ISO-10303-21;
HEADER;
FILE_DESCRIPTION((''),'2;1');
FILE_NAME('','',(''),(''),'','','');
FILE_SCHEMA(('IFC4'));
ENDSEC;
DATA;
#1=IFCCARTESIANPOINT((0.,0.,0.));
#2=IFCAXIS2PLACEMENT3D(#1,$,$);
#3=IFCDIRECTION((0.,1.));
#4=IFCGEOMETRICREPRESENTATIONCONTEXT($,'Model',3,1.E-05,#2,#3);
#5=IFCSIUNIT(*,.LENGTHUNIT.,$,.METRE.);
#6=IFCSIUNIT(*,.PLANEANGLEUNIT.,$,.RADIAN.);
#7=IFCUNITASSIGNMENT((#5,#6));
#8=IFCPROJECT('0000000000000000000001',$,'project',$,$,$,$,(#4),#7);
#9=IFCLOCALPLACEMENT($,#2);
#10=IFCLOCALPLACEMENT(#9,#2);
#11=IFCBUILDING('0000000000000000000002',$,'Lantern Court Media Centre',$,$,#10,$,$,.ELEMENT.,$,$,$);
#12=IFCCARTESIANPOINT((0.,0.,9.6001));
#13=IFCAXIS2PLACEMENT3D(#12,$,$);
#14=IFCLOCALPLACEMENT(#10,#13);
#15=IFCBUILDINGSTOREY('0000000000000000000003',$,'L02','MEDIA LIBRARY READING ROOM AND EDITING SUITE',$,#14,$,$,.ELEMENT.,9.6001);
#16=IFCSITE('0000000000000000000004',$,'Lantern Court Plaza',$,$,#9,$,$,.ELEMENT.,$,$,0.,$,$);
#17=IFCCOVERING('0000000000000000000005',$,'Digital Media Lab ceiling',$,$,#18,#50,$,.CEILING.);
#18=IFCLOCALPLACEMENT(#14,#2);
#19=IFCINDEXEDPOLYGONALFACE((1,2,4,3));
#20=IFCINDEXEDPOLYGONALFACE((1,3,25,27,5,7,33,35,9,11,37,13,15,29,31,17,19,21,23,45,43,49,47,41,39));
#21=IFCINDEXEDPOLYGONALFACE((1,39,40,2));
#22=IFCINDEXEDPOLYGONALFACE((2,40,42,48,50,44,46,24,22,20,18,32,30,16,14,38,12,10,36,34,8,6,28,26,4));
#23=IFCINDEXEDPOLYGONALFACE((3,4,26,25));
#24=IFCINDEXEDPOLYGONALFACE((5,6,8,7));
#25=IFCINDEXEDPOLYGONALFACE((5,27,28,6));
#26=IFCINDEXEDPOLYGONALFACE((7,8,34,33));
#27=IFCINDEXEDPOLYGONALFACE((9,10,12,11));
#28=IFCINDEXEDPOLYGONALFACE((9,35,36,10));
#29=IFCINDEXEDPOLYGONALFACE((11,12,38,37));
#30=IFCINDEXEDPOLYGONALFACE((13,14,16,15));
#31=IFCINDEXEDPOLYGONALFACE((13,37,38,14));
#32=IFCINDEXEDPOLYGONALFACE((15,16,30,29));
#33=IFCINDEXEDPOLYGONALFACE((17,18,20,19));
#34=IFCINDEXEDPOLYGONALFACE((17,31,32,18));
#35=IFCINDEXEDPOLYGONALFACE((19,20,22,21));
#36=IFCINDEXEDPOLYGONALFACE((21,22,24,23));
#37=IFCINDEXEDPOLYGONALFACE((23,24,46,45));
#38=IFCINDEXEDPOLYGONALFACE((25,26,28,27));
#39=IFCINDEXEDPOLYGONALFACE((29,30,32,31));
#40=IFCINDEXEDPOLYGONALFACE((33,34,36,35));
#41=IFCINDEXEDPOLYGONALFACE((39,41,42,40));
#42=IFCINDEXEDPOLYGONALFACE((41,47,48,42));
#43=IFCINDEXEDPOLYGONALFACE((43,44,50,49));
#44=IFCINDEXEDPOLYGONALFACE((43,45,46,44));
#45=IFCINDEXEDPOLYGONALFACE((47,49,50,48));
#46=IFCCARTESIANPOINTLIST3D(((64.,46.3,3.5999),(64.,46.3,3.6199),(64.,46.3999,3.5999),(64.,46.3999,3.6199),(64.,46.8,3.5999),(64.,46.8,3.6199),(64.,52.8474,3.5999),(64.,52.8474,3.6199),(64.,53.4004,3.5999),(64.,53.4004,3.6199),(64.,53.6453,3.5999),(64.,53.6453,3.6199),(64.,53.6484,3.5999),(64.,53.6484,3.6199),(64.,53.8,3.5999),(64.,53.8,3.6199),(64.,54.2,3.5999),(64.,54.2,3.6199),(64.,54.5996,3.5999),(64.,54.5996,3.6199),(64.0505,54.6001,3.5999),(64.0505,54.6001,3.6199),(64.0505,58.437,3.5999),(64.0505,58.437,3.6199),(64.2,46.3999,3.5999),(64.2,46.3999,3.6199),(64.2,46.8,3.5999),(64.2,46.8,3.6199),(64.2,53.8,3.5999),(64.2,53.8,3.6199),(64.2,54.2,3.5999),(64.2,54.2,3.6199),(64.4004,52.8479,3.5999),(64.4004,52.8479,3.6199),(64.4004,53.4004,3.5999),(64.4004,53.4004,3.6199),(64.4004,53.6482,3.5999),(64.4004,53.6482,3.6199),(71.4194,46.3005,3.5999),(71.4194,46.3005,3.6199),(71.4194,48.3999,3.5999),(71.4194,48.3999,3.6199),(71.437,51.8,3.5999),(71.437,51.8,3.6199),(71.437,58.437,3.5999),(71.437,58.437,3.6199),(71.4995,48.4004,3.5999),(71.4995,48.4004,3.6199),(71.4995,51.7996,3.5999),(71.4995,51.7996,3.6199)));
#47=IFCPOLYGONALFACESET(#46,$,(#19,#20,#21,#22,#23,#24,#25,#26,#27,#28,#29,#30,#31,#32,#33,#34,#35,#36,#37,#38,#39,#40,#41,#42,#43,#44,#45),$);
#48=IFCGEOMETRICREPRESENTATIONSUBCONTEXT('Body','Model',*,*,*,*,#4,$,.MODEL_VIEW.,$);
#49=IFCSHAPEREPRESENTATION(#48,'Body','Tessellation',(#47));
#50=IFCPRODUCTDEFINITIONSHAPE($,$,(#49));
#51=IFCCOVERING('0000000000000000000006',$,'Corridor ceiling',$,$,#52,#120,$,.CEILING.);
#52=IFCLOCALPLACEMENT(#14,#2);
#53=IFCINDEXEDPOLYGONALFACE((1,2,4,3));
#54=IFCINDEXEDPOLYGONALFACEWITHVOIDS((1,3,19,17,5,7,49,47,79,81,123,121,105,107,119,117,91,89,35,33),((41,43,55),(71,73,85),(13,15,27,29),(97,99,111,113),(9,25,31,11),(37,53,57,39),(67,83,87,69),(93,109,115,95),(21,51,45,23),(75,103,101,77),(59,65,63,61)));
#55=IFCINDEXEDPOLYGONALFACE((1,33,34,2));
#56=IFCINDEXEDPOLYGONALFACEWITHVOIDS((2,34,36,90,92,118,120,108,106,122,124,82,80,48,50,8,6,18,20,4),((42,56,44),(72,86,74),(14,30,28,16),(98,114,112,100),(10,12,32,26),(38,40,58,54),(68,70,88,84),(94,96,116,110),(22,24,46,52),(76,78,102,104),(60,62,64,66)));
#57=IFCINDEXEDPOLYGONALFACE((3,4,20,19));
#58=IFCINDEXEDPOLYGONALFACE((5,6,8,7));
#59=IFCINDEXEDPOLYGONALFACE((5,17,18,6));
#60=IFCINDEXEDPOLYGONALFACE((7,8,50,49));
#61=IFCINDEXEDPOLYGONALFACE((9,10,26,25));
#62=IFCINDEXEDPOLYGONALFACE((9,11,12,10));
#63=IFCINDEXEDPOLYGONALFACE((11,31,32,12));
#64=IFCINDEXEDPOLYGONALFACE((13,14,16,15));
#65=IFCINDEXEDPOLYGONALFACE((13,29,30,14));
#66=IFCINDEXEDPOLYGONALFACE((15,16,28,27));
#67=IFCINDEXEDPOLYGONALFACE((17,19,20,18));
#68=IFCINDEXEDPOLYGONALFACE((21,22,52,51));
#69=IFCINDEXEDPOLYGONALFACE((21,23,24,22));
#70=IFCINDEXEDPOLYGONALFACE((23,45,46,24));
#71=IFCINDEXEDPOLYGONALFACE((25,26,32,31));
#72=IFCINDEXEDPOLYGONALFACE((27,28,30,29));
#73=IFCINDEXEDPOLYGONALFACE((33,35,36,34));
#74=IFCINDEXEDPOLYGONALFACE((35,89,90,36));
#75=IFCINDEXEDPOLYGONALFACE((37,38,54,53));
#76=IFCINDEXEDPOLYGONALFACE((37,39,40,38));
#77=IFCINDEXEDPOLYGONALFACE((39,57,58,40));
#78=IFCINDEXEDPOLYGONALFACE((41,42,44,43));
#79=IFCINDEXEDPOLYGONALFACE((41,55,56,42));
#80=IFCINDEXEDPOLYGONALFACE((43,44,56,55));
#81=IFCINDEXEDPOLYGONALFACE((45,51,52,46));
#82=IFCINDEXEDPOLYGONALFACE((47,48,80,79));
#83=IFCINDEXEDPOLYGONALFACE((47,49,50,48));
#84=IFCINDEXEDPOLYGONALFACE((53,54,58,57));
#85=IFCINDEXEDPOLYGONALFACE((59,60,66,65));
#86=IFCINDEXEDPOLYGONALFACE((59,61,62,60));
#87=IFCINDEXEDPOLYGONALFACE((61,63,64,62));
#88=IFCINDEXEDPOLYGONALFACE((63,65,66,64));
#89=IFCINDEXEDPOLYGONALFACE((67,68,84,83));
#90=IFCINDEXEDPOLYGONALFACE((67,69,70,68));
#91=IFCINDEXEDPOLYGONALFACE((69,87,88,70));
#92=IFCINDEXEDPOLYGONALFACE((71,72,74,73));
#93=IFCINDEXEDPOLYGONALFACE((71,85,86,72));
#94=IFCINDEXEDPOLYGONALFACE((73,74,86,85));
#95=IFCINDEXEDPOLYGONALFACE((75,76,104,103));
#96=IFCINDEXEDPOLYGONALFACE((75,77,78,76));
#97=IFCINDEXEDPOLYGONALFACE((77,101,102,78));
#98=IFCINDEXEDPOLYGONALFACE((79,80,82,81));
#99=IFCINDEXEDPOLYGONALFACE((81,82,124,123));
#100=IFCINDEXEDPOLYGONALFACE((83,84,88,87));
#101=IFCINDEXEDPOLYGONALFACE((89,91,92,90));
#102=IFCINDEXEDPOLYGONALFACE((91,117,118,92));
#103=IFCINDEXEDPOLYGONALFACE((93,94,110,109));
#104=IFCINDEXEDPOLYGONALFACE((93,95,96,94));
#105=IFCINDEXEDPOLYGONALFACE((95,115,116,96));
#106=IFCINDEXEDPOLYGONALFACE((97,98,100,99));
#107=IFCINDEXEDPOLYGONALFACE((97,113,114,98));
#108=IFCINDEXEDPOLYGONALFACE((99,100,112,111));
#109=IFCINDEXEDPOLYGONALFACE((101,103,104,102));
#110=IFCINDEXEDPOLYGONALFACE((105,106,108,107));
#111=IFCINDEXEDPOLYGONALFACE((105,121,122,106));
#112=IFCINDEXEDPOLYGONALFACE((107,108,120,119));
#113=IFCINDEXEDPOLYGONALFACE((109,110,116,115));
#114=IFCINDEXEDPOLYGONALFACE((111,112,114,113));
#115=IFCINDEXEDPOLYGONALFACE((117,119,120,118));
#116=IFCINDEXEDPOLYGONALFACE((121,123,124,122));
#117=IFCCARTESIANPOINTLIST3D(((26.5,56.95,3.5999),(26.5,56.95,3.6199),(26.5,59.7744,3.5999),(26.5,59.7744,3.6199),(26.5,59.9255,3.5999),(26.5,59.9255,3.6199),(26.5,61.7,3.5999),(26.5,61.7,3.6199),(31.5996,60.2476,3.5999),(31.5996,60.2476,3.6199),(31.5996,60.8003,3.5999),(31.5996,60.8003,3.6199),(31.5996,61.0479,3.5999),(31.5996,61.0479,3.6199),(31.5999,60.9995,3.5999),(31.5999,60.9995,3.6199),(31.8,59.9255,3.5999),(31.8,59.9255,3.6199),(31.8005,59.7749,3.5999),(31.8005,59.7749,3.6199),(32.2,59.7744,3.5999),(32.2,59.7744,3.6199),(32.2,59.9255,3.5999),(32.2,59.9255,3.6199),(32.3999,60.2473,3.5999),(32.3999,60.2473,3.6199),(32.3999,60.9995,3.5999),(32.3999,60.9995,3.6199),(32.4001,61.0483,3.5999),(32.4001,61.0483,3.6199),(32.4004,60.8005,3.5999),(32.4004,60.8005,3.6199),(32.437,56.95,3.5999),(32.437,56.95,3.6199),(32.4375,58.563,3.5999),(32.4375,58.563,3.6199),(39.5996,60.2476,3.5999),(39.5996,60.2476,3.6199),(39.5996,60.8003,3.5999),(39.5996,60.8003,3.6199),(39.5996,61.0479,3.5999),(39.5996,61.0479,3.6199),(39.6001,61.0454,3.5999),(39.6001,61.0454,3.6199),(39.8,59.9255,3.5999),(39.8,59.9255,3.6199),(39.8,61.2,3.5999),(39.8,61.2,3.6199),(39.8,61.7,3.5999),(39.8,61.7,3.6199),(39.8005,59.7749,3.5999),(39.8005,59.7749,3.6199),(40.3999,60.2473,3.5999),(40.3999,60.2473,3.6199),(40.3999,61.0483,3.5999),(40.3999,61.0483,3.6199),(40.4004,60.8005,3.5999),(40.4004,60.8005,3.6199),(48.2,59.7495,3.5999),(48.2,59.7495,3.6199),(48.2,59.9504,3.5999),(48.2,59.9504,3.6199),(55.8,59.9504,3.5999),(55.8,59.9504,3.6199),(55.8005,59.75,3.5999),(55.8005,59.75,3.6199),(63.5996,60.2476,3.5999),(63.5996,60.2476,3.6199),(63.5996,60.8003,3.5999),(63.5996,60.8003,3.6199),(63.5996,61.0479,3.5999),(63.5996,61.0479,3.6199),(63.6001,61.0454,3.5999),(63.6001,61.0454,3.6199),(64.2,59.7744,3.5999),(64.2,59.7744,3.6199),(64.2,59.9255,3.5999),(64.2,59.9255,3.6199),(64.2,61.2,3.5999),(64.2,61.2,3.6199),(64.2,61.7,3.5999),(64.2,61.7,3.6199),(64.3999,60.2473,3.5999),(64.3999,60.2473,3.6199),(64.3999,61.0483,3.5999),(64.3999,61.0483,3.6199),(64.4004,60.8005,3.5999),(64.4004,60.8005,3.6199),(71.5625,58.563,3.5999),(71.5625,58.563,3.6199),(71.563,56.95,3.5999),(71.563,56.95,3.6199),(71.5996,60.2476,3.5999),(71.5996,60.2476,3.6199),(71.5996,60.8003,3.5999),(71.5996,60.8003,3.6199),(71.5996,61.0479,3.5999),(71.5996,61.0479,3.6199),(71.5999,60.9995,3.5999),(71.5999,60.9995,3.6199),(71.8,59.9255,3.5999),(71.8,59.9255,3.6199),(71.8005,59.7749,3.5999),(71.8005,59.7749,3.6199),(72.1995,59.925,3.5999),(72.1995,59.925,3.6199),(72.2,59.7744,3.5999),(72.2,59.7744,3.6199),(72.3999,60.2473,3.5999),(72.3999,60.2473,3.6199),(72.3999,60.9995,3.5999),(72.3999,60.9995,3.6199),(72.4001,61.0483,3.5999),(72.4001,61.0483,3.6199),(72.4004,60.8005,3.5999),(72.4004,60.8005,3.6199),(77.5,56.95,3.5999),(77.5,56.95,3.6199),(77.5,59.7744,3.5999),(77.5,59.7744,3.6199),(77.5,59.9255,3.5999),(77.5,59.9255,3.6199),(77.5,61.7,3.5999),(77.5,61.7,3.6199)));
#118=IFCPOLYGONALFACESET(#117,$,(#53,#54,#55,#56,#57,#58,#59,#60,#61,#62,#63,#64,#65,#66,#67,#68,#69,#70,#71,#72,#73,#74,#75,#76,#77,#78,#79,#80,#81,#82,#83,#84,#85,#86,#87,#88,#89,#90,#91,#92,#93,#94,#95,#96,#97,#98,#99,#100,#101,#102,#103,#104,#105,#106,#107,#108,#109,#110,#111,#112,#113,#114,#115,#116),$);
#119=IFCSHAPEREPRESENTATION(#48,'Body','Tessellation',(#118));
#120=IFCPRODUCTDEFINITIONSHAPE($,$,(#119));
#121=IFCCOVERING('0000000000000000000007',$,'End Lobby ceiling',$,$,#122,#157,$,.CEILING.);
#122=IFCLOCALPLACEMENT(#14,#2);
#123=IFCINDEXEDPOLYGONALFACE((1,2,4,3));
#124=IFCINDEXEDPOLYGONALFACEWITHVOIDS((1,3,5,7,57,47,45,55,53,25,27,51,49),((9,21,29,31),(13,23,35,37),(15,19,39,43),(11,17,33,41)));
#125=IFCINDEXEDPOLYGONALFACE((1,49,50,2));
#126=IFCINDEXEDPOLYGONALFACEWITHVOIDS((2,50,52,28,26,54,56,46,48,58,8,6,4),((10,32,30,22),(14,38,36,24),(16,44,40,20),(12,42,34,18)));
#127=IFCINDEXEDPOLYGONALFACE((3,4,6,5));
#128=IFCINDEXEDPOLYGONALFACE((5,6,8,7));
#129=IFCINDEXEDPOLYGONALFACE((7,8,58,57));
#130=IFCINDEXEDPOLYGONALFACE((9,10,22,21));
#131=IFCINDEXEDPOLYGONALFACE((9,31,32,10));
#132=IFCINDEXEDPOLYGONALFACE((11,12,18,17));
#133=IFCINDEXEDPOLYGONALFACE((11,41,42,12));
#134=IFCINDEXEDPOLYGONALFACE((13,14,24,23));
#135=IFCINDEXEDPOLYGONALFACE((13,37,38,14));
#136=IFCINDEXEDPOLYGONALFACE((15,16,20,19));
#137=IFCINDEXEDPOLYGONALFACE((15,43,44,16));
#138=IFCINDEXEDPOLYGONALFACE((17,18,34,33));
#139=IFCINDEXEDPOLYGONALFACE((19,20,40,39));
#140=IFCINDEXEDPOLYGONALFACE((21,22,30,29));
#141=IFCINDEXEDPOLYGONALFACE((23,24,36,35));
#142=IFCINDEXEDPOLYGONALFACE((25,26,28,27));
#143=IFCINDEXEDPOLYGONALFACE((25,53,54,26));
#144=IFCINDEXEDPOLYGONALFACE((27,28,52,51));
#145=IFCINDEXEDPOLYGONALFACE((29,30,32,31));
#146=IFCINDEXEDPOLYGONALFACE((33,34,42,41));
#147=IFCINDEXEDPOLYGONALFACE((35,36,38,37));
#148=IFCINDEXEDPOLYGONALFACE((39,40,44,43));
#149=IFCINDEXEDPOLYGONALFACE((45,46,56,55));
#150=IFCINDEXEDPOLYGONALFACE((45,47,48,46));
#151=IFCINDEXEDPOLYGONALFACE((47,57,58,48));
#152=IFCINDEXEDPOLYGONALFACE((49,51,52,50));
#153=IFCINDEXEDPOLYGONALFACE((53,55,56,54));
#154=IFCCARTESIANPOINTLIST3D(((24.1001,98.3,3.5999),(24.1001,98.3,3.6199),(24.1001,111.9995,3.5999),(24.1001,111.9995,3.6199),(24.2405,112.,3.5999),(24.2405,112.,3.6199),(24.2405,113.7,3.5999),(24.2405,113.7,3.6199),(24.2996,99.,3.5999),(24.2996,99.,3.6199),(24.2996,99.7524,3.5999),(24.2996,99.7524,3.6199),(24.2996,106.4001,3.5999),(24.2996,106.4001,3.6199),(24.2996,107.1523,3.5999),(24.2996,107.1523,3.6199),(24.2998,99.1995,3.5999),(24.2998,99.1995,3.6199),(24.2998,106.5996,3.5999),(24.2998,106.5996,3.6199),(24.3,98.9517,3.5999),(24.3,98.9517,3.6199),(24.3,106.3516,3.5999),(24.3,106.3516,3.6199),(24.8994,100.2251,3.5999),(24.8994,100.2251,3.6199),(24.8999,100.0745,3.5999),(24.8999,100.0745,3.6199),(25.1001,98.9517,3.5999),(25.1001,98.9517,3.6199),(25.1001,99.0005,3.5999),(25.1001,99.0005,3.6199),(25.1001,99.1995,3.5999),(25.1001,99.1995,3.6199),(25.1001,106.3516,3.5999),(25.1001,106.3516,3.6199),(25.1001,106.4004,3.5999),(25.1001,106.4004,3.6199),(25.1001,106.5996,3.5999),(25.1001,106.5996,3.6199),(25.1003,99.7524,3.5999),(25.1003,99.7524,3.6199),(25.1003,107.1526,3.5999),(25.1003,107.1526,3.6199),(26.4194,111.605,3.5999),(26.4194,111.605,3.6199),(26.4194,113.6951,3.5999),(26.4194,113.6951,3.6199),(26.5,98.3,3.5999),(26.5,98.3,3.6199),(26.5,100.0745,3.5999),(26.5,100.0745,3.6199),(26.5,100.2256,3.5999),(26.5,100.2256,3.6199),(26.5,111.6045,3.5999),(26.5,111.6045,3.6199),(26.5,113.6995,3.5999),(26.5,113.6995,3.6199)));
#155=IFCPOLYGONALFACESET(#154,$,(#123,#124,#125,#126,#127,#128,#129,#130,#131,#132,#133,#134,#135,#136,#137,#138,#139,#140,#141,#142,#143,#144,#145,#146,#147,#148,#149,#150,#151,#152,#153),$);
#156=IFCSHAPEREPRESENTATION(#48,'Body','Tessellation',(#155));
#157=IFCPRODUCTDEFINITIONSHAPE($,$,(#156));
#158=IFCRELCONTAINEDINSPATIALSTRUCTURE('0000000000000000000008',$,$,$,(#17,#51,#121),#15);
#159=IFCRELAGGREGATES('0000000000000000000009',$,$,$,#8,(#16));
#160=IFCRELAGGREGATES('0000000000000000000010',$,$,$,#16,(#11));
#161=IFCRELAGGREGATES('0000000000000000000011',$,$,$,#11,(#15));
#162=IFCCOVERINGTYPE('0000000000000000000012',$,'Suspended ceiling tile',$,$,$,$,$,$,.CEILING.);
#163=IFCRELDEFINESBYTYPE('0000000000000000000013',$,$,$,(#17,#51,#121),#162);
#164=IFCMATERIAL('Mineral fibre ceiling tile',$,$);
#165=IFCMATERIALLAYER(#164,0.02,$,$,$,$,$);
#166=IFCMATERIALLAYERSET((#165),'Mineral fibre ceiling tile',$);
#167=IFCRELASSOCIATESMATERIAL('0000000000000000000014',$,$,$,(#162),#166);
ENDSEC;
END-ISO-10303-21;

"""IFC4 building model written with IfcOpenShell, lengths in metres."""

from ifc_helpers import new_model, si_unit, direction, frame, origin, place, context, subcontext, project, spatial, polyline, outline, extrude, material, layer, layer_set, type_object, element, save


model = new_model("IFC4")

# Units and contexts
model_context = context("Model", 3, precision=1e-05, world=origin(), true_north=direction((0.0, 1.0)))
body_context = subcontext(model_context, "Body", "Model", "MODEL_VIEW")
ifc_project = project(units=[si_unit("LENGTHUNIT", "METRE"), si_unit("PLANEANGLEUNIT", "RADIAN")], contexts=[model_context])

# Site, building, storey
site_placement = place(None, origin())
site = spatial("IfcSite", under=ifc_project, at=site_placement, Name="Lantern Court Plaza", CompositionType="ELEMENT", RefElevation=0.0)
building_placement = place(site_placement, origin())
building = spatial("IfcBuilding", under=site, at=building_placement, Name="Lantern Court Media Centre", CompositionType="ELEMENT")
storey_placement = place(building_placement, frame((0.0, 0.0, 9.6001)))
storey = spatial("IfcBuildingStorey", under=building, at=storey_placement, Name="L02", Description="MEDIA LIBRARY READING ROOM AND EDITING SUITE", CompositionType="ELEMENT", Elevation=9.6001)

# Coverings
ifc_material = material(Name="Mineral fibre ceiling tile")
ifc_layer = layer(ifc_material, 0.02)
ifc_layer_set = layer_set([ifc_layer], Name="Mineral fibre ceiling tile")
covering_type = type_object("IfcCoveringType", Name="Suspended ceiling tile", PredefinedType="CEILING", material=ifc_layer_set)
covering_1_placement = place(storey_placement, frame((0.0, 0.0, 3.5999)))
element("IfcCovering", 1, at=covering_1_placement, inside=storey, type_object=covering_type, Name="Digital Media Lab ceiling", PredefinedType="CEILING", context=body_context, shape_type="SweptSolid", body=[
    extrude(outline(polyline([(64.0, 53.8), (64.2, 53.8), (64.2, 54.2), (64.0, 54.2), (64.0, 54.5996), (64.0505, 54.6001), (64.0505, 58.437), (71.437, 58.437), (71.437, 51.8), (71.4995, 51.7996), (71.4995, 48.4004), (71.4194, 48.3999), (71.4194, 46.3005), (64.0, 46.3), (64.0, 46.3999), (64.2, 46.3999), (64.2, 46.8), (64.0, 46.8), (64.0, 52.8474), (64.4004, 52.8479), (64.4004, 53.4004), (64.0, 53.4004), (64.0, 53.6453), (64.4004, 53.6482), (64.0, 53.6484), (64.0, 53.8)])), origin(), (0.0, 0.0, 1.0), 0.02),
])
covering_2_placement = place(storey_placement, frame((0.0, 0.0, 3.5999)))
element("IfcCovering", 2, at=covering_2_placement, inside=storey, type_object=covering_type, Name="Corridor ceiling", PredefinedType="CEILING", context=body_context, shape_type="SweptSolid", body=[
    extrude(outline(polyline([(26.5, 61.7), (39.8, 61.7), (39.8, 61.2), (64.2, 61.2), (64.2, 61.7), (77.5, 61.7), (77.5, 59.9255), (72.1995, 59.925), (72.2, 59.7744), (77.5, 59.7744), (77.5, 56.95), (71.563, 56.95), (71.5625, 58.563), (32.4375, 58.563), (32.437, 56.95), (26.5, 56.95), (26.5, 59.7744), (31.8005, 59.7749), (31.8, 59.9255), (26.5, 59.9255), (26.5, 61.7)]), holes=[polyline([(72.3999, 60.2473), (72.4004, 60.8005), (71.5996, 60.8003), (71.5996, 60.2476), (72.3999, 60.2473)]), polyline([(72.3999, 60.9995), (72.4001, 61.0483), (71.5996, 61.0479), (71.5999, 60.9995), (72.3999, 60.9995)]), polyline([(64.2, 59.9255), (64.2, 59.7744), (71.8005, 59.7749), (71.8, 59.9255), (64.2, 59.9255)]), polyline([(64.3999, 60.2473), (64.4004, 60.8005), (63.5996, 60.8003), (63.5996, 60.2476), (64.3999, 60.2473)]), polyline([(63.6001, 61.0454), (64.3999, 61.0483), (63.5996, 61.0479), (63.6001, 61.0454)]), polyline([(48.2, 59.9504), (48.2, 59.7495), (55.8005, 59.75), (55.8, 59.9504), (48.2, 59.9504)]), polyline([(40.3999, 60.2473), (40.4004, 60.8005), (39.5996, 60.8003), (39.5996, 60.2476), (40.3999, 60.2473)]), polyline([(39.6001, 61.0454), (40.3999, 61.0483), (39.5996, 61.0479), (39.6001, 61.0454)]), polyline([(32.2, 59.9255), (32.2, 59.7744), (39.8005, 59.7749), (39.8, 59.9255), (32.2, 59.9255)]), polyline([(32.3999, 60.9995), (32.4001, 61.0483), (31.5996, 61.0479), (31.5999, 60.9995), (32.3999, 60.9995)]), polyline([(32.3999, 60.2473), (32.4004, 60.8005), (31.5996, 60.8003), (31.5996, 60.2476), (32.3999, 60.2473)])]), origin(), (0.0, 0.0, 1.0), 0.02),
])
covering_3_placement = place(storey_placement, frame((0.0, 0.0, 3.5999)))
element("IfcCovering", 3, at=covering_3_placement, inside=storey, type_object=covering_type, Name="End Lobby ceiling", PredefinedType="CEILING", context=body_context, shape_type="SweptSolid", body=[
    extrude(outline(polyline([(26.5, 98.3), (24.1001, 98.3), (24.1001, 111.9995), (24.2405, 112.0), (24.2405, 113.7), (26.5, 113.6995), (26.4194, 113.6951), (26.4194, 111.605), (26.5, 111.6045), (26.5, 100.2256), (24.8994, 100.2251), (24.8999, 100.0745), (26.5, 100.0745), (26.5, 98.3)]), holes=[polyline([(25.1001, 106.3516), (25.1001, 106.4004), (24.2996, 106.4001), (24.3, 106.3516), (25.1001, 106.3516)]), polyline([(25.1001, 98.9517), (25.1001, 99.0005), (24.2996, 99.0), (24.3, 98.9517), (25.1001, 98.9517)]), polyline([(25.1001, 99.1995), (25.1003, 99.7524), (24.2996, 99.7524), (24.2998, 99.1995), (25.1001, 99.1995)]), polyline([(25.1001, 106.5996), (25.1003, 107.1526), (24.2996, 107.1523), (24.2998, 106.5996), (25.1001, 106.5996)])]), origin(), (0.0, 0.0, 1.0), 0.02),
])

save(model, "model.ifc")
